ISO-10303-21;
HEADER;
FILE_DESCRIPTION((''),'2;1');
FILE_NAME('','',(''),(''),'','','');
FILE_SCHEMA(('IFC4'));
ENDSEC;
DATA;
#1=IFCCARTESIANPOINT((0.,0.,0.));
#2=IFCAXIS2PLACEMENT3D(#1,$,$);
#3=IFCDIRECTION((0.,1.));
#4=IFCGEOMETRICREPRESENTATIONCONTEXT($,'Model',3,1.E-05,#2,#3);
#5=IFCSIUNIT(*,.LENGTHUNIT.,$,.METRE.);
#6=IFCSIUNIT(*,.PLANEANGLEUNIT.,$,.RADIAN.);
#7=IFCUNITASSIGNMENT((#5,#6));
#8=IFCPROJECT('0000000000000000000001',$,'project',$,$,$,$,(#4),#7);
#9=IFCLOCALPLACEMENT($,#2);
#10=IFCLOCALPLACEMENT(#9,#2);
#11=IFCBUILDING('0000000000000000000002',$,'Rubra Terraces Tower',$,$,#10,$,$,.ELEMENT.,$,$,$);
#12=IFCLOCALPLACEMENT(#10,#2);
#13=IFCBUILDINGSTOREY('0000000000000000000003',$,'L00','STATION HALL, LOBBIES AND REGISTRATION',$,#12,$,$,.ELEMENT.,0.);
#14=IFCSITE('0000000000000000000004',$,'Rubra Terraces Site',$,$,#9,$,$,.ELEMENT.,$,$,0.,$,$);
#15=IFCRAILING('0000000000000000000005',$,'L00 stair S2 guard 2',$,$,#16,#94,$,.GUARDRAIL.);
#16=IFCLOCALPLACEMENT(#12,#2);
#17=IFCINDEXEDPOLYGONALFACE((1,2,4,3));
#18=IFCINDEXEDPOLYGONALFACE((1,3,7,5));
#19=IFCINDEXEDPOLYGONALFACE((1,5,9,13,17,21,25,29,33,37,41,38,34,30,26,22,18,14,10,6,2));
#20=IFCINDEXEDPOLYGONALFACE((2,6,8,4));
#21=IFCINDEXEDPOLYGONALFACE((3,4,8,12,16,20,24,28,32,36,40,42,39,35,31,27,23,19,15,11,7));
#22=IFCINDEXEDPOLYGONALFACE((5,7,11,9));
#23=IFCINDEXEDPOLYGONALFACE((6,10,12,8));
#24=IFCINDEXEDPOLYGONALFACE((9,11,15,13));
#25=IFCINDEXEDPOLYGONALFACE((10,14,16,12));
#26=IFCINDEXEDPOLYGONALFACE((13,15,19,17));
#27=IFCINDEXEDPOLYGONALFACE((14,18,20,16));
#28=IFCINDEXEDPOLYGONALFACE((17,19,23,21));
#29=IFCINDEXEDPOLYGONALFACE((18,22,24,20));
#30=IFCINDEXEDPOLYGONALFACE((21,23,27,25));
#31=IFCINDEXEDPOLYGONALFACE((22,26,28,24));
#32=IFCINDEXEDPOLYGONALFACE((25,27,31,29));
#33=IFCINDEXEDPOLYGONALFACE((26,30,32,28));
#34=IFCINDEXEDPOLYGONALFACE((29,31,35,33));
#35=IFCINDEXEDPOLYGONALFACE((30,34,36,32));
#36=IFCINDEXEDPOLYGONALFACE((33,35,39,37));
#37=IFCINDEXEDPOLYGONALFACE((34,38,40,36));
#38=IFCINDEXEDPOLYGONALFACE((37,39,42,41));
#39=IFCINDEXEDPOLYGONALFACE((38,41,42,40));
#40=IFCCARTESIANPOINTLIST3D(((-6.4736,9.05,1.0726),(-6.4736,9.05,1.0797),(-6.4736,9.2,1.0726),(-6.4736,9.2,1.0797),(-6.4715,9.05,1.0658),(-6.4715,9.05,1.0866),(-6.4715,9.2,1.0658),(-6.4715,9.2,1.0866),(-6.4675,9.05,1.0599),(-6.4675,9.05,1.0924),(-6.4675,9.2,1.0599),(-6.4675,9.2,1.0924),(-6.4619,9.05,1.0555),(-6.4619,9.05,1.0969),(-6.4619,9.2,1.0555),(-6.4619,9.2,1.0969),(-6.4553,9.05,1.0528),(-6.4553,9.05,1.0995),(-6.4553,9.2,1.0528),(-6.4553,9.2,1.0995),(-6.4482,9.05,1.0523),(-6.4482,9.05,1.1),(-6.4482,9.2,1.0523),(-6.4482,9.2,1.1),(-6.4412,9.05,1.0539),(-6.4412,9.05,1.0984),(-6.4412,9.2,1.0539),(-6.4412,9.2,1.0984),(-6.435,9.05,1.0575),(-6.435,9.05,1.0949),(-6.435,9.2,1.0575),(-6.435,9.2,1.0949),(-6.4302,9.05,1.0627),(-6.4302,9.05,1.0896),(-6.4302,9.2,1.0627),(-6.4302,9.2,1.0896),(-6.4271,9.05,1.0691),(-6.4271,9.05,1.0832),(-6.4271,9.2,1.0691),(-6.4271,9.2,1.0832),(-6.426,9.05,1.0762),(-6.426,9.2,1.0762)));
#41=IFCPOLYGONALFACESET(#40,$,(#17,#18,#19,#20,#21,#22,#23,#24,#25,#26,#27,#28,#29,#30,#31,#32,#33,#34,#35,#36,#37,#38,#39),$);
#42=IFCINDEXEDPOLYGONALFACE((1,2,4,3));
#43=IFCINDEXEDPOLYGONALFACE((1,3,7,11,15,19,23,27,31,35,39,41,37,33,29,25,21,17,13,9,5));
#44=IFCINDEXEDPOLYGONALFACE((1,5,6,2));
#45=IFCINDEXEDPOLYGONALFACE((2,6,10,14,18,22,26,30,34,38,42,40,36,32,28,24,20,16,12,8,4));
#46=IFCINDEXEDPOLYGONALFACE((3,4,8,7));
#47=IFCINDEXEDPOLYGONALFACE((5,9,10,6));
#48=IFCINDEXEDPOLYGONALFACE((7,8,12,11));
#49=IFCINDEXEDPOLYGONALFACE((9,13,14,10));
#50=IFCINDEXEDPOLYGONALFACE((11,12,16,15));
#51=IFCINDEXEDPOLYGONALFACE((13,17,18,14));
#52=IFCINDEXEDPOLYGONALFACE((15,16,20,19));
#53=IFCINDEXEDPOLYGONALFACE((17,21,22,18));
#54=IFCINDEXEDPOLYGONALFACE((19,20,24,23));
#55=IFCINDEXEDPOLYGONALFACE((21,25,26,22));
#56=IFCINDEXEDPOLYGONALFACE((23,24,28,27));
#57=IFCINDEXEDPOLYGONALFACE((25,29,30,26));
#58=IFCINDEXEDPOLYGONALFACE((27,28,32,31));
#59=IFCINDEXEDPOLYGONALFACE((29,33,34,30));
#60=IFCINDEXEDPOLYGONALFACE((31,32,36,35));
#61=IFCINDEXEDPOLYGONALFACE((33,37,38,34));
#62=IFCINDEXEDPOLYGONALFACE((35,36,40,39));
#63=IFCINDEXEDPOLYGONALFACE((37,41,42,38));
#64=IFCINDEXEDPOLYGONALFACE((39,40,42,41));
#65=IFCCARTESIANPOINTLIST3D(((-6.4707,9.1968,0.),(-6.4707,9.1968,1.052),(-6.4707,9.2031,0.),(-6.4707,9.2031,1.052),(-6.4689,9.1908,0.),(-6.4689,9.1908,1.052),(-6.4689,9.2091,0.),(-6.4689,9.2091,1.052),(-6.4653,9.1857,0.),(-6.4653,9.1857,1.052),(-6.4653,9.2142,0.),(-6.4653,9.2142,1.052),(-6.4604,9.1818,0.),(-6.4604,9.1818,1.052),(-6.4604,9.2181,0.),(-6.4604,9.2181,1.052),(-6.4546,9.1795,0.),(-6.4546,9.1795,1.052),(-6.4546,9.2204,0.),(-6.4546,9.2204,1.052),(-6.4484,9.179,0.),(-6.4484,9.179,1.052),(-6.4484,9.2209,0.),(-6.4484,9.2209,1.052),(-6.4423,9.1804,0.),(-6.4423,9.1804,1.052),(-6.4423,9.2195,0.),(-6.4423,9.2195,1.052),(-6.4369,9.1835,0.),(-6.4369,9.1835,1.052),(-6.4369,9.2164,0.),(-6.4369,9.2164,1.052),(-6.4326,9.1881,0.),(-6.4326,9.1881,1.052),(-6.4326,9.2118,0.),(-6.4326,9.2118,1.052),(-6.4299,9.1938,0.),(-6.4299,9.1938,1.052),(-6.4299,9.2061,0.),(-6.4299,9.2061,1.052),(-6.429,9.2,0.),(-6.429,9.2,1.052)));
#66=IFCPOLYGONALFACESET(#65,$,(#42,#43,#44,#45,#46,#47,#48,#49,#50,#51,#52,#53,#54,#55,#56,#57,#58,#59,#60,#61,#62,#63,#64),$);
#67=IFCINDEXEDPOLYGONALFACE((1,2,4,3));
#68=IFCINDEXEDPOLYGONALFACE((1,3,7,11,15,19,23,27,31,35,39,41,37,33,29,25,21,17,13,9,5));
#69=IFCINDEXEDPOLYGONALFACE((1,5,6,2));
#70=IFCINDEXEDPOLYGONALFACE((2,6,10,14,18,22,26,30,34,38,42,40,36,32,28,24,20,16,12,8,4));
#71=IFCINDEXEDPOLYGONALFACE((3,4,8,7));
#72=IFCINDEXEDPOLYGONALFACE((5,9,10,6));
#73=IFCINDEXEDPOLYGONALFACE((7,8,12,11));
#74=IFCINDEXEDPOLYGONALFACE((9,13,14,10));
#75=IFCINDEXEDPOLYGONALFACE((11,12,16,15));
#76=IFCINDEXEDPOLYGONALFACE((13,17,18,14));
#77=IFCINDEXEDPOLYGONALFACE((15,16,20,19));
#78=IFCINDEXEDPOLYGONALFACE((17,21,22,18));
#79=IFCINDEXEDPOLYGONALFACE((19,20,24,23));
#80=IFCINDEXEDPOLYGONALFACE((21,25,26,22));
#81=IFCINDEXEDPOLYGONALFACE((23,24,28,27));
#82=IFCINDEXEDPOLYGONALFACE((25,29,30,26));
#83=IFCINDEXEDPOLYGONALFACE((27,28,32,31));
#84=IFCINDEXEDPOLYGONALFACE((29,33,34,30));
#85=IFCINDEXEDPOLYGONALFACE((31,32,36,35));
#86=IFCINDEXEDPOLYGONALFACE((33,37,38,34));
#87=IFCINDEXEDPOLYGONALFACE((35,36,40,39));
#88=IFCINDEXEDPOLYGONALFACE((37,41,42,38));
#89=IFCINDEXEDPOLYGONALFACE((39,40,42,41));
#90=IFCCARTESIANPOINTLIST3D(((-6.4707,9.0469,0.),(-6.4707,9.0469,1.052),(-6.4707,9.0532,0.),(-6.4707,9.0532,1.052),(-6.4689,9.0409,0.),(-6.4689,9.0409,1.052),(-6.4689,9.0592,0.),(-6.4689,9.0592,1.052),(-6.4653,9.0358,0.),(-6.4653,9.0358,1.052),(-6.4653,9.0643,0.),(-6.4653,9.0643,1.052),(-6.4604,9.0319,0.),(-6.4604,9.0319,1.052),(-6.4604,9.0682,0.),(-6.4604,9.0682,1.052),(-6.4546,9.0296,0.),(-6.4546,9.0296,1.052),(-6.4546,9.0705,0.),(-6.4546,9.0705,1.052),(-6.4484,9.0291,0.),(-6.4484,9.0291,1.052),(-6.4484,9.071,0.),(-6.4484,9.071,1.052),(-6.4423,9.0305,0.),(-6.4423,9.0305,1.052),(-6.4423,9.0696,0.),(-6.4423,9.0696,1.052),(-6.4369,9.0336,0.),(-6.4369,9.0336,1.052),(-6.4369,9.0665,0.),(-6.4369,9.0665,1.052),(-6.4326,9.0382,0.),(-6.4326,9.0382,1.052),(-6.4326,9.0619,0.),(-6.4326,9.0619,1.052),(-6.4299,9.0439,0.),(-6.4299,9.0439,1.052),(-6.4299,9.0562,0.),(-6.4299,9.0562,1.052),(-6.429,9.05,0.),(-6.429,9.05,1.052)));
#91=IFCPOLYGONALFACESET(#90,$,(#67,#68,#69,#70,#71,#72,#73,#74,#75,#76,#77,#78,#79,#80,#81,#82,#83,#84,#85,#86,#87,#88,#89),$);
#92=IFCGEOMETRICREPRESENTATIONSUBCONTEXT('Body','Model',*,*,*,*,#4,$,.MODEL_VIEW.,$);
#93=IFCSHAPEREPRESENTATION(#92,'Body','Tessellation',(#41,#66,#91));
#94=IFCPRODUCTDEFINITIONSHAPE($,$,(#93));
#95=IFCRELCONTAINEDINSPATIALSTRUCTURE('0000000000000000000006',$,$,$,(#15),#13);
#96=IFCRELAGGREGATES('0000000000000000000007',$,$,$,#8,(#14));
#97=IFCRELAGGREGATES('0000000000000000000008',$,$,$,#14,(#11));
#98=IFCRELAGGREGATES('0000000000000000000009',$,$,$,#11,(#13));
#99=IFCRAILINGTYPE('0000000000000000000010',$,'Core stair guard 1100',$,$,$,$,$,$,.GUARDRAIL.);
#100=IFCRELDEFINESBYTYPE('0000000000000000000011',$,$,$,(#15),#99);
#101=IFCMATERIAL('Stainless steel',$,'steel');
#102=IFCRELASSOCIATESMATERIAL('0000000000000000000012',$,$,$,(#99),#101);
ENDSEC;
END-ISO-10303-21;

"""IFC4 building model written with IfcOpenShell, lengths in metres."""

from ifc_helpers import new_model, si_unit, direction, frame, origin, origin_2d, place, context, subcontext, project, spatial, circle, extrude, material, type_object, element, save


model = new_model("IFC4")

# Units and contexts
model_context = context("Model", 3, precision=1e-05, world=origin(), true_north=direction((0.0, 1.0)))
body_context = subcontext(model_context, "Body", "Model", "MODEL_VIEW")
ifc_project = project(units=[si_unit("LENGTHUNIT", "METRE"), si_unit("PLANEANGLEUNIT", "RADIAN")], contexts=[model_context])

# Site, building, storey
site_placement = place(None, origin())
site = spatial("IfcSite", under=ifc_project, at=site_placement, Name="Rubra Terraces Site", CompositionType="ELEMENT", RefElevation=0.0)
building_placement = place(site_placement, origin())
building = spatial("IfcBuilding", under=site, at=building_placement, Name="Rubra Terraces Tower", CompositionType="ELEMENT")
storey_placement = place(building_placement, origin())
storey = spatial("IfcBuildingStorey", under=building, at=storey_placement, Name="L00", Description="STATION HALL, LOBBIES AND REGISTRATION", CompositionType="ELEMENT", Elevation=0.0)

# Shared definitions
ifc_material_1 = material(Name="Stainless steel", Category="steel")

# Railing
railing_type = type_object("IfcRailingType", Name="Core stair guard 1100", PredefinedType="GUARDRAIL", material=ifc_material_1)
railing_placement = place(storey_placement, frame((-6.45, 9.2, 0.0)))
element("IfcRailing", 1, at=railing_placement, inside=storey, type_object=railing_type, Name="L00 stair S2 guard 2", PredefinedType="GUARDRAIL", context=body_context, shape_type="SweptSolid", body=[
    extrude(circle(Radius=0.0239, at=origin_2d()), frame((0.0, 0.0, 1.0762), z_axis=(0.0, -1.0, 0.0), x_axis=(1.0, 0.0, 0.0)), (0.0, 0.0, 1.0), 0.1499),
    extrude(circle(Radius=0.021, at=origin_2d()), origin(), (0.0, 0.0, 1.0), 1.052),
    extrude(circle(Radius=0.021, at=origin_2d()), frame((0.0, -0.1499, 0.0)), (0.0, 0.0, 1.0), 1.052),
])

save(model, "model.ifc")
